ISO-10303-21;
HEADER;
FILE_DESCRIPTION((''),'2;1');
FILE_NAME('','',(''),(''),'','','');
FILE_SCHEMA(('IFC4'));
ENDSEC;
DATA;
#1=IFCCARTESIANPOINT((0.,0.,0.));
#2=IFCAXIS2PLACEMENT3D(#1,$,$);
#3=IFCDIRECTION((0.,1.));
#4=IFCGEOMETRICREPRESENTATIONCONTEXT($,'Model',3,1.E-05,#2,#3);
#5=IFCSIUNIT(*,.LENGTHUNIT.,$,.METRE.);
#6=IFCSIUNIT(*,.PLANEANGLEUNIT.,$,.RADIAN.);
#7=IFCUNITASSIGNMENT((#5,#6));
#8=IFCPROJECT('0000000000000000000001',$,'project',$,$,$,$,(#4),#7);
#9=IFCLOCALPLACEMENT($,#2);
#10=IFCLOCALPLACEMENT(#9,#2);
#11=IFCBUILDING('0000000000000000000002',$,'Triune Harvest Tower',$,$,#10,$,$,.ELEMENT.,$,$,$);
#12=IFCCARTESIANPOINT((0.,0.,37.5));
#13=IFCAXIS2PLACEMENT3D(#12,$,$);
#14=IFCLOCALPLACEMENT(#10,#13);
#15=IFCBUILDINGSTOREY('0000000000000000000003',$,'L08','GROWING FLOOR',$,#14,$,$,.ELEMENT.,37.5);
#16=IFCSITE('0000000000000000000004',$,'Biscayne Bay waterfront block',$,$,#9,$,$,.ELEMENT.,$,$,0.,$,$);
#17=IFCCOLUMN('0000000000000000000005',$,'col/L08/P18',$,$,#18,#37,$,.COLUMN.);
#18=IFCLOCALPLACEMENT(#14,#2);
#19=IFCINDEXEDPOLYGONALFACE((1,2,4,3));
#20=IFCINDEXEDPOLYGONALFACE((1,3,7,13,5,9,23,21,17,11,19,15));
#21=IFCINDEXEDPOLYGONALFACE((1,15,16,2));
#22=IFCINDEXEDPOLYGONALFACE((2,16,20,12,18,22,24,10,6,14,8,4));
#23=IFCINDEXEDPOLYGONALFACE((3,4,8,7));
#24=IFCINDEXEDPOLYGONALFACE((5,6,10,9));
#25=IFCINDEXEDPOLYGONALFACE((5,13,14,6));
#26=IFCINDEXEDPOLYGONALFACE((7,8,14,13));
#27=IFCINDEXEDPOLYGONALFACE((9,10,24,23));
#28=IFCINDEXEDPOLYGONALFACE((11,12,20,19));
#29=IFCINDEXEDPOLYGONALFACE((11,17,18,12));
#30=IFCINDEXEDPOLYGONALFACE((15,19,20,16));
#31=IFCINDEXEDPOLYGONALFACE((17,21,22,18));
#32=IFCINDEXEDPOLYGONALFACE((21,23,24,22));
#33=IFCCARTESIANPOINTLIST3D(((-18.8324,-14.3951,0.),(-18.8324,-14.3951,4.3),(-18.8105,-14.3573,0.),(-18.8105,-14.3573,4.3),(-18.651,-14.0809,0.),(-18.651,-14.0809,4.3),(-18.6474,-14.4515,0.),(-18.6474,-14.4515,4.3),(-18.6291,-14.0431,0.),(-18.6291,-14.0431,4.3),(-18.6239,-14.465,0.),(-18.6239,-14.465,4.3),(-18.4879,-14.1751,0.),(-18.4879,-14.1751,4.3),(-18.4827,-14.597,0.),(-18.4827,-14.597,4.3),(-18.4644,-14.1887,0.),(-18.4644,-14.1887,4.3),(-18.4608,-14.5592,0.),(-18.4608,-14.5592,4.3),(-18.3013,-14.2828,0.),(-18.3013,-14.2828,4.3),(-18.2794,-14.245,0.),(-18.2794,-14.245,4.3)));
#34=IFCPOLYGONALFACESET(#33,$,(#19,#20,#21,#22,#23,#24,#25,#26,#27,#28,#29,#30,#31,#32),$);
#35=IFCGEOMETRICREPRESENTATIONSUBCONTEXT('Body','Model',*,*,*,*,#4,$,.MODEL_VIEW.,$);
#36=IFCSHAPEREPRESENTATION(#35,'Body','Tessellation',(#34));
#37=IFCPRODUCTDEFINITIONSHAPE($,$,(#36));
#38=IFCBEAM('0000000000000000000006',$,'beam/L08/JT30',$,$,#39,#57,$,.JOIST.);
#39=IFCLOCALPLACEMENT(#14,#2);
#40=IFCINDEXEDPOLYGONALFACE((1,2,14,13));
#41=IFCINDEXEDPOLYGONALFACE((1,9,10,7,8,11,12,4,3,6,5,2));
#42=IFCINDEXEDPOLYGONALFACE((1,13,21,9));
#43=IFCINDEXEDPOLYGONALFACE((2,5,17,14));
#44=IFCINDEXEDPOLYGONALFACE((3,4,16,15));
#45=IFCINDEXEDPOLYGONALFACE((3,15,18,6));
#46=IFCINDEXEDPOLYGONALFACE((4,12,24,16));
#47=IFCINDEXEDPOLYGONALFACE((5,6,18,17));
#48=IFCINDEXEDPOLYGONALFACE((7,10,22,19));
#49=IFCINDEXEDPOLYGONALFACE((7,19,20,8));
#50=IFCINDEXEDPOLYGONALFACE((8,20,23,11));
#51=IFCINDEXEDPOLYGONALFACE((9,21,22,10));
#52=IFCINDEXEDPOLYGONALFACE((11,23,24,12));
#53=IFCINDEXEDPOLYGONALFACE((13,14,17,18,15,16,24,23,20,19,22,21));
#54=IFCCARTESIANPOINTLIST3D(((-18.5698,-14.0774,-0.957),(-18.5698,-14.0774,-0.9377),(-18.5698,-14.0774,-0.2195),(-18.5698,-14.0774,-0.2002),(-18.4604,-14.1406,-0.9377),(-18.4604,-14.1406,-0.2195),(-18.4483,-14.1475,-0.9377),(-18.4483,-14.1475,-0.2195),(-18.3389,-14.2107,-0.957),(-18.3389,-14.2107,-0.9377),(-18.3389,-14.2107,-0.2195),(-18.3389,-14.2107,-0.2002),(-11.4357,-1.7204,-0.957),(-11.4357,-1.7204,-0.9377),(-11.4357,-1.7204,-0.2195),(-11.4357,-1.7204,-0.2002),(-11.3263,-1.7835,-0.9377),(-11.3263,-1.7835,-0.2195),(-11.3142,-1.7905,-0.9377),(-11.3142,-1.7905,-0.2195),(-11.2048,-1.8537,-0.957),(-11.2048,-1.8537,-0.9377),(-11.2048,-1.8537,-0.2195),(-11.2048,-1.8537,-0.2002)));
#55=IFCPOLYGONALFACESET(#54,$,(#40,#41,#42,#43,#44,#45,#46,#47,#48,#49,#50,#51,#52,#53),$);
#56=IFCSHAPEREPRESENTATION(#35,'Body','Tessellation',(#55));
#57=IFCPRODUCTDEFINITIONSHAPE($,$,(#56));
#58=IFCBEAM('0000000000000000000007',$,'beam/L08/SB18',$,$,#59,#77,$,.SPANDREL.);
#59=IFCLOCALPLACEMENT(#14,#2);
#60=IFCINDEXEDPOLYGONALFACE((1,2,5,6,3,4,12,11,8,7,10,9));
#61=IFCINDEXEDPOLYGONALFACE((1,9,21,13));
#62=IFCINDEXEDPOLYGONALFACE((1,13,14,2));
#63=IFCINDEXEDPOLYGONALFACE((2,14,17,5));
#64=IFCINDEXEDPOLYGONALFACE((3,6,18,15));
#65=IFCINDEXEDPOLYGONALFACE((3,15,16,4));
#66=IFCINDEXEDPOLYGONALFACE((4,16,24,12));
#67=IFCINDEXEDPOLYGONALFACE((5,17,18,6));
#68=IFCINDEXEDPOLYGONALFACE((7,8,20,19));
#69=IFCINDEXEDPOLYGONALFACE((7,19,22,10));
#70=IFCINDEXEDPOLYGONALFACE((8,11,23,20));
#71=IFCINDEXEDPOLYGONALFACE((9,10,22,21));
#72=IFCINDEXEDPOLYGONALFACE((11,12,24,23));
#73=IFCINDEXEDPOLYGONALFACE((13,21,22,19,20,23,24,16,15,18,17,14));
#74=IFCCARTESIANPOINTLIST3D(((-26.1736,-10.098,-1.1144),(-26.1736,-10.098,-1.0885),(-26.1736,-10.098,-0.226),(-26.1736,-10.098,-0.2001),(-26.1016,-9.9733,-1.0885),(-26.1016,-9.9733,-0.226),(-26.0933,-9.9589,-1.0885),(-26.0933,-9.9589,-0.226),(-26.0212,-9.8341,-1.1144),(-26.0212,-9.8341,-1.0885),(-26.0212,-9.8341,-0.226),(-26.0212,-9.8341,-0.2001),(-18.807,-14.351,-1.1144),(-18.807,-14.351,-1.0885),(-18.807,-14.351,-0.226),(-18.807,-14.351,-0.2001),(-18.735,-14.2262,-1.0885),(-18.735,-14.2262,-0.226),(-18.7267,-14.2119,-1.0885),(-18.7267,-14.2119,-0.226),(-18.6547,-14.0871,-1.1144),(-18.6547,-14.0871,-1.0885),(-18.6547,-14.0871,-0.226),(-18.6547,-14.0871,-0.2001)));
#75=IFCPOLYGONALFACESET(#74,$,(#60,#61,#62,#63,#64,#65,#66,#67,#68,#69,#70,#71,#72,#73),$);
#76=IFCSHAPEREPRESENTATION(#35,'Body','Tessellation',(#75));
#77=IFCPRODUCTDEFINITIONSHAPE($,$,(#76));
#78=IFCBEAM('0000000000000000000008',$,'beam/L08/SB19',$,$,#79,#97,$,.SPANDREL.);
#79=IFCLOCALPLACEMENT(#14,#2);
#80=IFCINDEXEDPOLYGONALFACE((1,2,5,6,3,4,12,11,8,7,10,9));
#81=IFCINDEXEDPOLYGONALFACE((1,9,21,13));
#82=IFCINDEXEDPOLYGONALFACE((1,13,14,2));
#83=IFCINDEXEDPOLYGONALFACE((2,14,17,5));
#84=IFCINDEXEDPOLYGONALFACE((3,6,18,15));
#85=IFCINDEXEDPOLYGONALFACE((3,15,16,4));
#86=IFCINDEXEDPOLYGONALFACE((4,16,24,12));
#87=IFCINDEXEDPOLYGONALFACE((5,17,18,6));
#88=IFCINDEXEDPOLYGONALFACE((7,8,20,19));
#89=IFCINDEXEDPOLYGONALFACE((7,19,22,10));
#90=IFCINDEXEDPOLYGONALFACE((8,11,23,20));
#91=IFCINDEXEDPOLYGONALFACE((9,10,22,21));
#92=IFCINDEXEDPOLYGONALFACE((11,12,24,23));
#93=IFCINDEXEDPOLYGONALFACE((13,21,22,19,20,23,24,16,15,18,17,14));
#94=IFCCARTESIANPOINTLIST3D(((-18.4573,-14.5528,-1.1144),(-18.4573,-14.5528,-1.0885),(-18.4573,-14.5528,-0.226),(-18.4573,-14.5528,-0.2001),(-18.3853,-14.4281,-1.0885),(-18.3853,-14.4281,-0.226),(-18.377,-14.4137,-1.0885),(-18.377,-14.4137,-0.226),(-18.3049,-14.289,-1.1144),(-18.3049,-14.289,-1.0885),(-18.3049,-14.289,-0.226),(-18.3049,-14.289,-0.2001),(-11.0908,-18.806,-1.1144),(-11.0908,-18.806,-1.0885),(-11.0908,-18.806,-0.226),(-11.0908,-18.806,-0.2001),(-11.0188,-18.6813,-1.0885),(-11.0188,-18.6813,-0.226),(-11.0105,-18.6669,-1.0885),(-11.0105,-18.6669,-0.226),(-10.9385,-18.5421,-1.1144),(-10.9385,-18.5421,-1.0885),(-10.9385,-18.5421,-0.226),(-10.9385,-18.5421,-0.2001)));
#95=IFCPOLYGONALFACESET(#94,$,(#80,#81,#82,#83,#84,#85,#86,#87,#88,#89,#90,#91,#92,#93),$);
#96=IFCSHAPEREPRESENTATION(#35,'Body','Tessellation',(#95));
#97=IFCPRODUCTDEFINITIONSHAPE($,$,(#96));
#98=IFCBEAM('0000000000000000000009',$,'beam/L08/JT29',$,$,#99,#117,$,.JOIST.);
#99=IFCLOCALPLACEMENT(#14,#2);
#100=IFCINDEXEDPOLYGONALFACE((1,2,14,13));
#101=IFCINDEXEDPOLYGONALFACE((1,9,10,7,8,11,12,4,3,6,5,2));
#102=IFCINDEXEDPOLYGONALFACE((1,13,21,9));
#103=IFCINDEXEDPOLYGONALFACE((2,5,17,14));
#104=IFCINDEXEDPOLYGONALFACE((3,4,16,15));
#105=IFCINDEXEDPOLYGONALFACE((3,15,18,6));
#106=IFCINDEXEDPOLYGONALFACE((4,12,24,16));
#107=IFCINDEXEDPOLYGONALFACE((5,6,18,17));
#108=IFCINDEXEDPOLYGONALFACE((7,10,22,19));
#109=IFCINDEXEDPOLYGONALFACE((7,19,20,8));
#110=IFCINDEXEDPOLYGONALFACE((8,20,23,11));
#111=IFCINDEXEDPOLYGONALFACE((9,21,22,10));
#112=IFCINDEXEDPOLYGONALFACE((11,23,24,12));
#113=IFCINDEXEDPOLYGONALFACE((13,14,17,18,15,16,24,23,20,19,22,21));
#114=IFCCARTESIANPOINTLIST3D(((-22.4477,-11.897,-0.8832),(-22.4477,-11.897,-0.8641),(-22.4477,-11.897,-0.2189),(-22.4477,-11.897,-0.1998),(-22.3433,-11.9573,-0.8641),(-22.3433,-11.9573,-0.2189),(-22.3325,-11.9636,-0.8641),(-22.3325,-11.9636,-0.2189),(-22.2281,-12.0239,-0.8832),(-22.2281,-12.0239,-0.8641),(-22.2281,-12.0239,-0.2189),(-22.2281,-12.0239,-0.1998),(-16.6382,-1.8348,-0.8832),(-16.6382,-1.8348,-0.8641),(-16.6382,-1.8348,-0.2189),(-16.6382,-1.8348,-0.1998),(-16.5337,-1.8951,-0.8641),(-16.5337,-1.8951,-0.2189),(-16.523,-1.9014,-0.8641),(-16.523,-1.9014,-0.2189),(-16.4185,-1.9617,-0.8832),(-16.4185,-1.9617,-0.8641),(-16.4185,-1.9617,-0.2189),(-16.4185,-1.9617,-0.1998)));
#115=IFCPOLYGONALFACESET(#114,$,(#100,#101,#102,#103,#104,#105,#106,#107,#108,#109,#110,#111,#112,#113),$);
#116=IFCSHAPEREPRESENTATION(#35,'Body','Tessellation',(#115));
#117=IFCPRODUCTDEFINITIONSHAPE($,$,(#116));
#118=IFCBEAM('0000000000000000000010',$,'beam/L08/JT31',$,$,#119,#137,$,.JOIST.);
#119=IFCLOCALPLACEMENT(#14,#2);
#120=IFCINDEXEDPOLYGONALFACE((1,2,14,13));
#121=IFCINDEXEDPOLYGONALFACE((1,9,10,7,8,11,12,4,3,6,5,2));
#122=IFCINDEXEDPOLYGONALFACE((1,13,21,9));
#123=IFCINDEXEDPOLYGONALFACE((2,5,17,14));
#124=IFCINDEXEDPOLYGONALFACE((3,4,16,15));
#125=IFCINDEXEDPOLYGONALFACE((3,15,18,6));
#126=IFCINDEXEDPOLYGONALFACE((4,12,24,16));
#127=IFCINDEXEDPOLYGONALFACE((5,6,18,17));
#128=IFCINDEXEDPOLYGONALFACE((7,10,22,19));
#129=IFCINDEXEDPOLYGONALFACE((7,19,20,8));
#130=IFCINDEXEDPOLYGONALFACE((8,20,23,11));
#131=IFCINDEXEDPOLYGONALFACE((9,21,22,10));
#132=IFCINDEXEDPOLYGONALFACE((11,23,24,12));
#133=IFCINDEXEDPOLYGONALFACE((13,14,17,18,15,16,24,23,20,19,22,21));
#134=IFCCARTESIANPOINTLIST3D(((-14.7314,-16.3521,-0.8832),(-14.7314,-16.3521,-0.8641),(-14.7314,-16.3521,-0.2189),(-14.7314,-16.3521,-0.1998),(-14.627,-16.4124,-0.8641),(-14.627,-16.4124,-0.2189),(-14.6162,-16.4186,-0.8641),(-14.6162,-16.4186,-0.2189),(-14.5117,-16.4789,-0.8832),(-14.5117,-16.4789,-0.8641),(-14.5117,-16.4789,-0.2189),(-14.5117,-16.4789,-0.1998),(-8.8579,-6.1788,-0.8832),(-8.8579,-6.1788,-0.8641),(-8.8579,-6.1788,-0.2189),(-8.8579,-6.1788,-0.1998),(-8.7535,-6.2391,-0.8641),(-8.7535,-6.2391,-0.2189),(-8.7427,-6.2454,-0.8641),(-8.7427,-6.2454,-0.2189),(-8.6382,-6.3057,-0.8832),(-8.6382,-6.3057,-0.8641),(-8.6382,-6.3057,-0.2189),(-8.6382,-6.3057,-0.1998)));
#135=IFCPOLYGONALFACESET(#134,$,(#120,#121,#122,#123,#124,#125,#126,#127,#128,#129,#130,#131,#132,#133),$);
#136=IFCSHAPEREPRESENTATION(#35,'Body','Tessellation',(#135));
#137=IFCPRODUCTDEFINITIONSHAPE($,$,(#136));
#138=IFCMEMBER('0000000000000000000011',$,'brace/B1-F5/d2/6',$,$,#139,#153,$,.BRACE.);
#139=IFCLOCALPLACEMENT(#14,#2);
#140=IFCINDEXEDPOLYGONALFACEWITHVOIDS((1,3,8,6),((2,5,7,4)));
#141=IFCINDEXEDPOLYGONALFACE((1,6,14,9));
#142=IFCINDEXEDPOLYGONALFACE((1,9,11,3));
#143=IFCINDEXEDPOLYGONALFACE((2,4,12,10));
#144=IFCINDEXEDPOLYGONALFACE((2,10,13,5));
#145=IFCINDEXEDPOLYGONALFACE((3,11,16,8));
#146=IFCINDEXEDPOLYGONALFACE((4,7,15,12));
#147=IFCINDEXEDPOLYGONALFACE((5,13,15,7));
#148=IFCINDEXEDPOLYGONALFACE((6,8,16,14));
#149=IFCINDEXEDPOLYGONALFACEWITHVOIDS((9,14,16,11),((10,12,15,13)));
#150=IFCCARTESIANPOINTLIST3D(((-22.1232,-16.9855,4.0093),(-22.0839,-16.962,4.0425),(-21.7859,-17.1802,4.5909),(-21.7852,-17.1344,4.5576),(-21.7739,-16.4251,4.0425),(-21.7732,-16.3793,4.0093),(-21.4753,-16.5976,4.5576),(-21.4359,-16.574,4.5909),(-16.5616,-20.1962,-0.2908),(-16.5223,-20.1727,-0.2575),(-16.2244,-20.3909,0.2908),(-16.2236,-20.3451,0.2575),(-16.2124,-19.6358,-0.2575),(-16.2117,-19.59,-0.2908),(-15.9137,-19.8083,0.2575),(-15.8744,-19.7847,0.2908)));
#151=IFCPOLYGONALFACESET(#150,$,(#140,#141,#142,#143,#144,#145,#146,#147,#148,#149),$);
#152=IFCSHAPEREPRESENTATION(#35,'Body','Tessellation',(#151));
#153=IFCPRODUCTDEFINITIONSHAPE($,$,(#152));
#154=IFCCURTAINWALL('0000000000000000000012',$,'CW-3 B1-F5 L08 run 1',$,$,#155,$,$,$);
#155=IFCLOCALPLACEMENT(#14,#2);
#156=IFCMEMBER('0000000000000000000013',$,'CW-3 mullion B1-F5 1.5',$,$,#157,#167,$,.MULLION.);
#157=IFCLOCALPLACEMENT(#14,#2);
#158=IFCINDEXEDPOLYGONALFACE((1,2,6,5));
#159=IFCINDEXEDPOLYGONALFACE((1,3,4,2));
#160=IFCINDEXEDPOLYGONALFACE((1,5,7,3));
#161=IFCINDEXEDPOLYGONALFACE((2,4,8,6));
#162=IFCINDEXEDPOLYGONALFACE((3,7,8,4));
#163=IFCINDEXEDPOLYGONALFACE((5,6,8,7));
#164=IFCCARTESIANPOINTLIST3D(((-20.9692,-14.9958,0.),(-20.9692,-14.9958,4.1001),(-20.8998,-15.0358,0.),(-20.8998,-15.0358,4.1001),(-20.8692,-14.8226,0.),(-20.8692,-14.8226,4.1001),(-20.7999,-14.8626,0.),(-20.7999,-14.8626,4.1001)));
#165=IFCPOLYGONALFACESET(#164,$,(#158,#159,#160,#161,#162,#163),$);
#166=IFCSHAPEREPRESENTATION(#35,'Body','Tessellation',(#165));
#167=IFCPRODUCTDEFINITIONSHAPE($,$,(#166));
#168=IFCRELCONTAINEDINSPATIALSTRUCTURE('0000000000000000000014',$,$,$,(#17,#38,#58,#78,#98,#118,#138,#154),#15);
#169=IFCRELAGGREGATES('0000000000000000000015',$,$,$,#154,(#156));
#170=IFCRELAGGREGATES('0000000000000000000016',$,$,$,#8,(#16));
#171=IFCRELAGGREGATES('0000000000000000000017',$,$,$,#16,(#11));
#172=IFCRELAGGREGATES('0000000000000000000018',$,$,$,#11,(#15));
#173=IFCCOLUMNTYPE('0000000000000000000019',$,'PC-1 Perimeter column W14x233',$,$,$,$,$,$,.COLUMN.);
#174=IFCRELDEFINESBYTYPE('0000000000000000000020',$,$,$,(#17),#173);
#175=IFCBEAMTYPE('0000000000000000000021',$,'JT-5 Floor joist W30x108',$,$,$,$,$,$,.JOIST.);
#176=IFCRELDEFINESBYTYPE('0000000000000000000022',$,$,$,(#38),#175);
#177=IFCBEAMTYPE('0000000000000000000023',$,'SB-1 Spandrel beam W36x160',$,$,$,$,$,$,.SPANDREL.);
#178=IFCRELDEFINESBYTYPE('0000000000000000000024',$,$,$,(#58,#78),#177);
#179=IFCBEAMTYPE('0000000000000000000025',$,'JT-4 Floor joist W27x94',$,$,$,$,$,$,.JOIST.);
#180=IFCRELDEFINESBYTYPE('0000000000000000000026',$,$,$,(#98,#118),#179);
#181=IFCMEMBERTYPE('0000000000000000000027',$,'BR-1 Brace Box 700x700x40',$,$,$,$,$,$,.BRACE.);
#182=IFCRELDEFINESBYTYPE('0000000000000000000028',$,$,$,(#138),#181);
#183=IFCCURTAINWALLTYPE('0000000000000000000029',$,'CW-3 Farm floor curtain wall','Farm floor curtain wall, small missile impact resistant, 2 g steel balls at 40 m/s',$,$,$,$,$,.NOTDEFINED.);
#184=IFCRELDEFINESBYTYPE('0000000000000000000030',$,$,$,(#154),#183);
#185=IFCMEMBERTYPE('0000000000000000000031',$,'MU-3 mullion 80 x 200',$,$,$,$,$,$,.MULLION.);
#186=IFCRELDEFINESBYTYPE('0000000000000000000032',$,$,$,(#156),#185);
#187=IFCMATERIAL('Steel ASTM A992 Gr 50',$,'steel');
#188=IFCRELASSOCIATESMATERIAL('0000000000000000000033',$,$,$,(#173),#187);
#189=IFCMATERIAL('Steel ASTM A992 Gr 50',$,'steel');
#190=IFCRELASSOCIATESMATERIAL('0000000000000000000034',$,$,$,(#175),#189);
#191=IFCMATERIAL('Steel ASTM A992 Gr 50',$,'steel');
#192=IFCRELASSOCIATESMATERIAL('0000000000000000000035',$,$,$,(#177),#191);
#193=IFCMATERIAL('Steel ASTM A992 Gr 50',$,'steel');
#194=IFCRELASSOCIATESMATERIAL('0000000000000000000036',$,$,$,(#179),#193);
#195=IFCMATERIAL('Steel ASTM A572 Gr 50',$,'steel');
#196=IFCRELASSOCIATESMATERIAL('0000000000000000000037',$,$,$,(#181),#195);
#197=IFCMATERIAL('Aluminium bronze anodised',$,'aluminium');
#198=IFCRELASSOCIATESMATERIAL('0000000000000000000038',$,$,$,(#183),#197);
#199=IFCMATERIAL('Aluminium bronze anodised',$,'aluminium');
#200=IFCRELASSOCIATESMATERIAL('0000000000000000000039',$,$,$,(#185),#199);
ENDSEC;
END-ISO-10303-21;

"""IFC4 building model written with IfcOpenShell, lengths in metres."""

from ifc_helpers import new_model, si_unit, direction, frame, origin, origin_2d, place, context, subcontext, project, spatial, rectangle, hollow_rectangle, i_section, extrude, source, transform, mapped, material, material_profile, profile_set, type_object, element, aggregate, save


model = new_model("IFC4")

# Units and contexts
model_context = context("Model", 3, precision=1e-05, world=origin(), true_north=direction((0.0, 1.0)))
body_context = subcontext(model_context, "Body", "Model", "MODEL_VIEW")
ifc_project = project(units=[si_unit("LENGTHUNIT", "METRE"), si_unit("PLANEANGLEUNIT", "RADIAN")], contexts=[model_context])

# Site, building, storey
site_placement = place(None, origin())
site = spatial("IfcSite", under=ifc_project, at=site_placement, Name="Biscayne Bay waterfront block", CompositionType="ELEMENT", RefElevation=0.0)
building_placement = place(site_placement, origin())
building = spatial("IfcBuilding", under=site, at=building_placement, Name="Triune Harvest Tower", CompositionType="ELEMENT")
storey_placement = place(building_placement, frame((0.0, 0.0, 37.5)))
storey = spatial("IfcBuildingStorey", under=building, at=storey_placement, Name="L08", Description="GROWING FLOOR", CompositionType="ELEMENT", Elevation=37.5)

# Column
ifc_material_1 = material(Name="Steel ASTM A992 Gr 50", Category="steel")
ifc_material_profile_1 = material_profile(ifc_material_1, i_section(OverallWidth=0.4038, OverallDepth=0.4065, WebThickness=0.0271, FlangeThickness=0.0437, at=origin_2d()), Name="W14x233")
ifc_profile_set_1 = profile_set([ifc_material_profile_1], Name="Steel ASTM A992 Gr 50")
column_type = type_object("IfcColumnType", Name="PC-1 Perimeter column W14x233", PredefinedType="COLUMN", material=ifc_profile_set_1)
shared_shape_1 = source(origin(), body_context, "Body", "SweptSolid", [
    extrude(i_section(OverallWidth=0.4038, OverallDepth=0.4065, WebThickness=0.0271, FlangeThickness=0.0437, at=origin_2d()), origin(), (0.0, 0.0, 1.0), 4.3),
])
column_placement = place(storey_placement, frame((-18.5559, -14.3201, 0.0), z_axis=(0.0, 0.0, 1.0), x_axis=(0.866025, -0.5, 0.0)))
element("IfcColumn", 1, at=column_placement, inside=storey, type_object=column_type, Name="col/L08/P18", PredefinedType="COLUMN", context=body_context, shape_type="MappedRepresentation", body=[
    mapped(shared_shape_1, transform((0.0, 0.0, 0.0), scale=1.0)),
])

# Beams
ifc_material_2 = material(Name="Steel ASTM A992 Gr 50", Category="steel")
ifc_material_profile_2 = material_profile(ifc_material_2, i_section(OverallWidth=0.2666, OverallDepth=0.7568, WebThickness=0.0139, FlangeThickness=0.0193, at=origin_2d()), Name="W30x108")
ifc_profile_set_2 = profile_set([ifc_material_profile_2], Name="Steel ASTM A992 Gr 50")
beam_type_1 = type_object("IfcBeamType", Name="JT-5 Floor joist W30x108", PredefinedType="JOIST", material=ifc_profile_set_2)
shared_shape_2 = source(origin(), body_context, "Body", "SweptSolid", [
    extrude(i_section(OverallWidth=0.2666, OverallDepth=0.7568, WebThickness=0.0139, FlangeThickness=0.0193, at=origin_2d()), origin(), (0.0, 0.0, 1.0), 14.2686),
])
beam_1_placement = place(storey_placement, frame((-18.4543, -14.144, -0.5786), z_axis=(0.499987, 0.866033, 0.0), x_axis=(-0.866033, 0.499987, 0.0)))
element("IfcBeam", 2, at=beam_1_placement, inside=storey, type_object=beam_type_1, Name="beam/L08/JT30", PredefinedType="JOIST", context=body_context, shape_type="MappedRepresentation", body=[
    mapped(shared_shape_2, transform((0.0, 0.0, 0.0), scale=1.0)),
])
ifc_material_3 = material(Name="Steel ASTM A992 Gr 50", Category="steel")
ifc_material_profile_3 = material_profile(ifc_material_3, i_section(OverallWidth=0.3047, OverallDepth=0.9143, WebThickness=0.0166, FlangeThickness=0.0259, at=origin_2d()), Name="W36x160")
ifc_profile_set_3 = profile_set([ifc_material_profile_3], Name="Steel ASTM A992 Gr 50")
beam_type_2 = type_object("IfcBeamType", Name="SB-1 Spandrel beam W36x160", PredefinedType="SPANDREL", material=ifc_profile_set_3)
shared_shape_3 = source(origin(), body_context, "Body", "SweptSolid", [
    extrude(i_section(OverallWidth=0.3047, OverallDepth=0.9143, WebThickness=0.0166, FlangeThickness=0.0259, at=origin_2d()), origin(), (0.0, 0.0, 1.0), 8.5061),
])
for number, where, z_axis, x_axis, name in (
    (3, (-26.0974, -9.9661, -0.6572), (0.86603, -0.499992, 0.0), (0.499992, 0.86603, 0.0), "beam/L08/SB18"),
    (4, (-18.3811, -14.4209, -0.6572), (0.866018, -0.500013, 0.0), (0.500013, 0.866018, 0.0), "beam/L08/SB19"),
):
    element("IfcBeam", number, at=place(storey_placement, frame(where, z_axis=z_axis, x_axis=x_axis)), inside=storey, type_object=beam_type_2, Name=name, PredefinedType="SPANDREL", context=body_context, shape_type="MappedRepresentation", body=[
        mapped(shared_shape_3, transform((0.0, 0.0, 0.0), scale=1.0)),
    ])
ifc_material_4 = material(Name="Steel ASTM A992 Gr 50", Category="steel")
ifc_material_profile_4 = material_profile(ifc_material_4, i_section(OverallWidth=0.2537, OverallDepth=0.6833, WebThickness=0.0125, FlangeThickness=0.019, at=origin_2d()), Name="W27x94")
ifc_profile_set_4 = profile_set([ifc_material_profile_4], Name="Steel ASTM A992 Gr 50")
beam_type_3 = type_object("IfcBeamType", Name="JT-4 Floor joist W27x94", PredefinedType="JOIST", material=ifc_profile_set_4)
shared_shape_4 = source(origin(), body_context, "Body", "SweptSolid", [
    extrude(i_section(OverallWidth=0.2537, OverallDepth=0.6833, WebThickness=0.0125, FlangeThickness=0.019, at=origin_2d()), origin(), (0.0, 0.0, 1.0), 11.6189),
])
beam_2_placement = place(storey_placement, frame((-22.3379, -11.9604, -0.5415), z_axis=(0.500008, 0.866021, 0.0), x_axis=(-0.866021, 0.500008, 0.0)))
element("IfcBeam", 5, at=beam_2_placement, inside=storey, type_object=beam_type_3, Name="beam/L08/JT29", PredefinedType="JOIST", context=body_context, shape_type="MappedRepresentation", body=[
    mapped(shared_shape_4, transform((0.0, 0.0, 0.0), scale=1.0)),
])
shared_shape_5 = source(origin(), body_context, "Body", "SweptSolid", [
    extrude(i_section(OverallWidth=0.2537, OverallDepth=0.6833, WebThickness=0.0125, FlangeThickness=0.019, at=origin_2d()), origin(), (0.0, 0.0, 1.0), 11.7471),
])
beam_3_placement = place(storey_placement, frame((-14.6216, -16.4155, -0.5415), z_axis=(0.499997, 0.866027, 0.0), x_axis=(-0.866027, 0.499997, 0.0)))
element("IfcBeam", 6, at=beam_3_placement, inside=storey, type_object=beam_type_3, Name="beam/L08/JT31", PredefinedType="JOIST", context=body_context, shape_type="MappedRepresentation", body=[
    mapped(shared_shape_5, transform((0.0, 0.0, 0.0), scale=1.0)),
])

# Member
ifc_material_5 = material(Name="Steel ASTM A572 Gr 50", Category="steel")
ifc_material_profile_5 = material_profile(ifc_material_5, hollow_rectangle(XDim=0.7, YDim=0.7, WallThickness=0.04, at=origin_2d()), Name="Box 700x700x40")
ifc_profile_set_5 = profile_set([ifc_material_profile_5], Name="Steel ASTM A572 Gr 50")
member_type_1 = type_object("IfcMemberType", Name="BR-1 Brace Box 700x700x40", PredefinedType="BRACE", material=ifc_profile_set_5)
shared_shape_6 = source(origin(), body_context, "Body", "SweptSolid", [
    extrude(hollow_rectangle(XDim=0.7, YDim=0.7, WallThickness=0.04, at=origin_2d()), origin(), (0.0, 0.0, 1.0), 7.7285),
])
member_1_placement = place(storey_placement, frame((-16.218, -19.9905, 0.0), z_axis=(-0.719613, 0.415436, 0.556389), x_axis=(-0.49997, -0.866043, 0.0)))
element("IfcMember", 7, at=member_1_placement, inside=storey, type_object=member_type_1, Name="brace/B1-F5/d2/6", PredefinedType="BRACE", context=body_context, shape_type="MappedRepresentation", body=[
    mapped(shared_shape_6, transform((0.0, 0.0, 0.0), scale=1.0)),
])

# Curtain wall, member
ifc_material_6 = material(Name="Aluminium bronze anodised", Category="aluminium")
curtain_wall_type = type_object("IfcCurtainWallType", Name="CW-3 Farm floor curtain wall", Description="Farm floor curtain wall, small missile impact resistant, 2 g steel balls at 40 m/s", PredefinedType="NOTDEFINED", material=ifc_material_6)
curtain_wall_placement = place(storey_placement, origin())
curtain_wall = element("IfcCurtainWall", 8, at=curtain_wall_placement, inside=storey, type_object=curtain_wall_type, Name="CW-3 B1-F5 L08 run 1")
ifc_material_7 = material(Name="Aluminium bronze anodised", Category="aluminium")
ifc_material_profile_6 = material_profile(ifc_material_7, rectangle(XDim=0.2, YDim=0.0801, at=origin_2d()), Name="MU-3 mullion 80 x 200")
ifc_profile_set_6 = profile_set([ifc_material_profile_6], Name="Aluminium bronze anodised")
member_type_2 = type_object("IfcMemberType", Name="MU-3 mullion 80 x 200", PredefinedType="MULLION", material=ifc_profile_set_6)
shared_shape_7 = source(origin(), body_context, "Body", "SweptSolid", [
    extrude(rectangle(XDim=0.2, YDim=0.0801, at=origin_2d()), origin(), (0.0, 0.0, 1.0), 4.1001),
])
member_2_placement = place(storey_placement, frame((-20.8845, -14.9292, 0.0), z_axis=(0.0, 0.0, 1.0), x_axis=(0.5, 0.866026, 0.0)))
member_2 = element("IfcMember", 9, at=member_2_placement, type_object=member_type_2, Name="CW-3 mullion B1-F5 1.5", PredefinedType="MULLION", context=body_context, shape_type="MappedRepresentation", body=[
    mapped(shared_shape_7, transform((0.0, 0.0, 0.0), scale=1.0)),
])
aggregate(curtain_wall, [member_2])

save(model, "model.ifc")
